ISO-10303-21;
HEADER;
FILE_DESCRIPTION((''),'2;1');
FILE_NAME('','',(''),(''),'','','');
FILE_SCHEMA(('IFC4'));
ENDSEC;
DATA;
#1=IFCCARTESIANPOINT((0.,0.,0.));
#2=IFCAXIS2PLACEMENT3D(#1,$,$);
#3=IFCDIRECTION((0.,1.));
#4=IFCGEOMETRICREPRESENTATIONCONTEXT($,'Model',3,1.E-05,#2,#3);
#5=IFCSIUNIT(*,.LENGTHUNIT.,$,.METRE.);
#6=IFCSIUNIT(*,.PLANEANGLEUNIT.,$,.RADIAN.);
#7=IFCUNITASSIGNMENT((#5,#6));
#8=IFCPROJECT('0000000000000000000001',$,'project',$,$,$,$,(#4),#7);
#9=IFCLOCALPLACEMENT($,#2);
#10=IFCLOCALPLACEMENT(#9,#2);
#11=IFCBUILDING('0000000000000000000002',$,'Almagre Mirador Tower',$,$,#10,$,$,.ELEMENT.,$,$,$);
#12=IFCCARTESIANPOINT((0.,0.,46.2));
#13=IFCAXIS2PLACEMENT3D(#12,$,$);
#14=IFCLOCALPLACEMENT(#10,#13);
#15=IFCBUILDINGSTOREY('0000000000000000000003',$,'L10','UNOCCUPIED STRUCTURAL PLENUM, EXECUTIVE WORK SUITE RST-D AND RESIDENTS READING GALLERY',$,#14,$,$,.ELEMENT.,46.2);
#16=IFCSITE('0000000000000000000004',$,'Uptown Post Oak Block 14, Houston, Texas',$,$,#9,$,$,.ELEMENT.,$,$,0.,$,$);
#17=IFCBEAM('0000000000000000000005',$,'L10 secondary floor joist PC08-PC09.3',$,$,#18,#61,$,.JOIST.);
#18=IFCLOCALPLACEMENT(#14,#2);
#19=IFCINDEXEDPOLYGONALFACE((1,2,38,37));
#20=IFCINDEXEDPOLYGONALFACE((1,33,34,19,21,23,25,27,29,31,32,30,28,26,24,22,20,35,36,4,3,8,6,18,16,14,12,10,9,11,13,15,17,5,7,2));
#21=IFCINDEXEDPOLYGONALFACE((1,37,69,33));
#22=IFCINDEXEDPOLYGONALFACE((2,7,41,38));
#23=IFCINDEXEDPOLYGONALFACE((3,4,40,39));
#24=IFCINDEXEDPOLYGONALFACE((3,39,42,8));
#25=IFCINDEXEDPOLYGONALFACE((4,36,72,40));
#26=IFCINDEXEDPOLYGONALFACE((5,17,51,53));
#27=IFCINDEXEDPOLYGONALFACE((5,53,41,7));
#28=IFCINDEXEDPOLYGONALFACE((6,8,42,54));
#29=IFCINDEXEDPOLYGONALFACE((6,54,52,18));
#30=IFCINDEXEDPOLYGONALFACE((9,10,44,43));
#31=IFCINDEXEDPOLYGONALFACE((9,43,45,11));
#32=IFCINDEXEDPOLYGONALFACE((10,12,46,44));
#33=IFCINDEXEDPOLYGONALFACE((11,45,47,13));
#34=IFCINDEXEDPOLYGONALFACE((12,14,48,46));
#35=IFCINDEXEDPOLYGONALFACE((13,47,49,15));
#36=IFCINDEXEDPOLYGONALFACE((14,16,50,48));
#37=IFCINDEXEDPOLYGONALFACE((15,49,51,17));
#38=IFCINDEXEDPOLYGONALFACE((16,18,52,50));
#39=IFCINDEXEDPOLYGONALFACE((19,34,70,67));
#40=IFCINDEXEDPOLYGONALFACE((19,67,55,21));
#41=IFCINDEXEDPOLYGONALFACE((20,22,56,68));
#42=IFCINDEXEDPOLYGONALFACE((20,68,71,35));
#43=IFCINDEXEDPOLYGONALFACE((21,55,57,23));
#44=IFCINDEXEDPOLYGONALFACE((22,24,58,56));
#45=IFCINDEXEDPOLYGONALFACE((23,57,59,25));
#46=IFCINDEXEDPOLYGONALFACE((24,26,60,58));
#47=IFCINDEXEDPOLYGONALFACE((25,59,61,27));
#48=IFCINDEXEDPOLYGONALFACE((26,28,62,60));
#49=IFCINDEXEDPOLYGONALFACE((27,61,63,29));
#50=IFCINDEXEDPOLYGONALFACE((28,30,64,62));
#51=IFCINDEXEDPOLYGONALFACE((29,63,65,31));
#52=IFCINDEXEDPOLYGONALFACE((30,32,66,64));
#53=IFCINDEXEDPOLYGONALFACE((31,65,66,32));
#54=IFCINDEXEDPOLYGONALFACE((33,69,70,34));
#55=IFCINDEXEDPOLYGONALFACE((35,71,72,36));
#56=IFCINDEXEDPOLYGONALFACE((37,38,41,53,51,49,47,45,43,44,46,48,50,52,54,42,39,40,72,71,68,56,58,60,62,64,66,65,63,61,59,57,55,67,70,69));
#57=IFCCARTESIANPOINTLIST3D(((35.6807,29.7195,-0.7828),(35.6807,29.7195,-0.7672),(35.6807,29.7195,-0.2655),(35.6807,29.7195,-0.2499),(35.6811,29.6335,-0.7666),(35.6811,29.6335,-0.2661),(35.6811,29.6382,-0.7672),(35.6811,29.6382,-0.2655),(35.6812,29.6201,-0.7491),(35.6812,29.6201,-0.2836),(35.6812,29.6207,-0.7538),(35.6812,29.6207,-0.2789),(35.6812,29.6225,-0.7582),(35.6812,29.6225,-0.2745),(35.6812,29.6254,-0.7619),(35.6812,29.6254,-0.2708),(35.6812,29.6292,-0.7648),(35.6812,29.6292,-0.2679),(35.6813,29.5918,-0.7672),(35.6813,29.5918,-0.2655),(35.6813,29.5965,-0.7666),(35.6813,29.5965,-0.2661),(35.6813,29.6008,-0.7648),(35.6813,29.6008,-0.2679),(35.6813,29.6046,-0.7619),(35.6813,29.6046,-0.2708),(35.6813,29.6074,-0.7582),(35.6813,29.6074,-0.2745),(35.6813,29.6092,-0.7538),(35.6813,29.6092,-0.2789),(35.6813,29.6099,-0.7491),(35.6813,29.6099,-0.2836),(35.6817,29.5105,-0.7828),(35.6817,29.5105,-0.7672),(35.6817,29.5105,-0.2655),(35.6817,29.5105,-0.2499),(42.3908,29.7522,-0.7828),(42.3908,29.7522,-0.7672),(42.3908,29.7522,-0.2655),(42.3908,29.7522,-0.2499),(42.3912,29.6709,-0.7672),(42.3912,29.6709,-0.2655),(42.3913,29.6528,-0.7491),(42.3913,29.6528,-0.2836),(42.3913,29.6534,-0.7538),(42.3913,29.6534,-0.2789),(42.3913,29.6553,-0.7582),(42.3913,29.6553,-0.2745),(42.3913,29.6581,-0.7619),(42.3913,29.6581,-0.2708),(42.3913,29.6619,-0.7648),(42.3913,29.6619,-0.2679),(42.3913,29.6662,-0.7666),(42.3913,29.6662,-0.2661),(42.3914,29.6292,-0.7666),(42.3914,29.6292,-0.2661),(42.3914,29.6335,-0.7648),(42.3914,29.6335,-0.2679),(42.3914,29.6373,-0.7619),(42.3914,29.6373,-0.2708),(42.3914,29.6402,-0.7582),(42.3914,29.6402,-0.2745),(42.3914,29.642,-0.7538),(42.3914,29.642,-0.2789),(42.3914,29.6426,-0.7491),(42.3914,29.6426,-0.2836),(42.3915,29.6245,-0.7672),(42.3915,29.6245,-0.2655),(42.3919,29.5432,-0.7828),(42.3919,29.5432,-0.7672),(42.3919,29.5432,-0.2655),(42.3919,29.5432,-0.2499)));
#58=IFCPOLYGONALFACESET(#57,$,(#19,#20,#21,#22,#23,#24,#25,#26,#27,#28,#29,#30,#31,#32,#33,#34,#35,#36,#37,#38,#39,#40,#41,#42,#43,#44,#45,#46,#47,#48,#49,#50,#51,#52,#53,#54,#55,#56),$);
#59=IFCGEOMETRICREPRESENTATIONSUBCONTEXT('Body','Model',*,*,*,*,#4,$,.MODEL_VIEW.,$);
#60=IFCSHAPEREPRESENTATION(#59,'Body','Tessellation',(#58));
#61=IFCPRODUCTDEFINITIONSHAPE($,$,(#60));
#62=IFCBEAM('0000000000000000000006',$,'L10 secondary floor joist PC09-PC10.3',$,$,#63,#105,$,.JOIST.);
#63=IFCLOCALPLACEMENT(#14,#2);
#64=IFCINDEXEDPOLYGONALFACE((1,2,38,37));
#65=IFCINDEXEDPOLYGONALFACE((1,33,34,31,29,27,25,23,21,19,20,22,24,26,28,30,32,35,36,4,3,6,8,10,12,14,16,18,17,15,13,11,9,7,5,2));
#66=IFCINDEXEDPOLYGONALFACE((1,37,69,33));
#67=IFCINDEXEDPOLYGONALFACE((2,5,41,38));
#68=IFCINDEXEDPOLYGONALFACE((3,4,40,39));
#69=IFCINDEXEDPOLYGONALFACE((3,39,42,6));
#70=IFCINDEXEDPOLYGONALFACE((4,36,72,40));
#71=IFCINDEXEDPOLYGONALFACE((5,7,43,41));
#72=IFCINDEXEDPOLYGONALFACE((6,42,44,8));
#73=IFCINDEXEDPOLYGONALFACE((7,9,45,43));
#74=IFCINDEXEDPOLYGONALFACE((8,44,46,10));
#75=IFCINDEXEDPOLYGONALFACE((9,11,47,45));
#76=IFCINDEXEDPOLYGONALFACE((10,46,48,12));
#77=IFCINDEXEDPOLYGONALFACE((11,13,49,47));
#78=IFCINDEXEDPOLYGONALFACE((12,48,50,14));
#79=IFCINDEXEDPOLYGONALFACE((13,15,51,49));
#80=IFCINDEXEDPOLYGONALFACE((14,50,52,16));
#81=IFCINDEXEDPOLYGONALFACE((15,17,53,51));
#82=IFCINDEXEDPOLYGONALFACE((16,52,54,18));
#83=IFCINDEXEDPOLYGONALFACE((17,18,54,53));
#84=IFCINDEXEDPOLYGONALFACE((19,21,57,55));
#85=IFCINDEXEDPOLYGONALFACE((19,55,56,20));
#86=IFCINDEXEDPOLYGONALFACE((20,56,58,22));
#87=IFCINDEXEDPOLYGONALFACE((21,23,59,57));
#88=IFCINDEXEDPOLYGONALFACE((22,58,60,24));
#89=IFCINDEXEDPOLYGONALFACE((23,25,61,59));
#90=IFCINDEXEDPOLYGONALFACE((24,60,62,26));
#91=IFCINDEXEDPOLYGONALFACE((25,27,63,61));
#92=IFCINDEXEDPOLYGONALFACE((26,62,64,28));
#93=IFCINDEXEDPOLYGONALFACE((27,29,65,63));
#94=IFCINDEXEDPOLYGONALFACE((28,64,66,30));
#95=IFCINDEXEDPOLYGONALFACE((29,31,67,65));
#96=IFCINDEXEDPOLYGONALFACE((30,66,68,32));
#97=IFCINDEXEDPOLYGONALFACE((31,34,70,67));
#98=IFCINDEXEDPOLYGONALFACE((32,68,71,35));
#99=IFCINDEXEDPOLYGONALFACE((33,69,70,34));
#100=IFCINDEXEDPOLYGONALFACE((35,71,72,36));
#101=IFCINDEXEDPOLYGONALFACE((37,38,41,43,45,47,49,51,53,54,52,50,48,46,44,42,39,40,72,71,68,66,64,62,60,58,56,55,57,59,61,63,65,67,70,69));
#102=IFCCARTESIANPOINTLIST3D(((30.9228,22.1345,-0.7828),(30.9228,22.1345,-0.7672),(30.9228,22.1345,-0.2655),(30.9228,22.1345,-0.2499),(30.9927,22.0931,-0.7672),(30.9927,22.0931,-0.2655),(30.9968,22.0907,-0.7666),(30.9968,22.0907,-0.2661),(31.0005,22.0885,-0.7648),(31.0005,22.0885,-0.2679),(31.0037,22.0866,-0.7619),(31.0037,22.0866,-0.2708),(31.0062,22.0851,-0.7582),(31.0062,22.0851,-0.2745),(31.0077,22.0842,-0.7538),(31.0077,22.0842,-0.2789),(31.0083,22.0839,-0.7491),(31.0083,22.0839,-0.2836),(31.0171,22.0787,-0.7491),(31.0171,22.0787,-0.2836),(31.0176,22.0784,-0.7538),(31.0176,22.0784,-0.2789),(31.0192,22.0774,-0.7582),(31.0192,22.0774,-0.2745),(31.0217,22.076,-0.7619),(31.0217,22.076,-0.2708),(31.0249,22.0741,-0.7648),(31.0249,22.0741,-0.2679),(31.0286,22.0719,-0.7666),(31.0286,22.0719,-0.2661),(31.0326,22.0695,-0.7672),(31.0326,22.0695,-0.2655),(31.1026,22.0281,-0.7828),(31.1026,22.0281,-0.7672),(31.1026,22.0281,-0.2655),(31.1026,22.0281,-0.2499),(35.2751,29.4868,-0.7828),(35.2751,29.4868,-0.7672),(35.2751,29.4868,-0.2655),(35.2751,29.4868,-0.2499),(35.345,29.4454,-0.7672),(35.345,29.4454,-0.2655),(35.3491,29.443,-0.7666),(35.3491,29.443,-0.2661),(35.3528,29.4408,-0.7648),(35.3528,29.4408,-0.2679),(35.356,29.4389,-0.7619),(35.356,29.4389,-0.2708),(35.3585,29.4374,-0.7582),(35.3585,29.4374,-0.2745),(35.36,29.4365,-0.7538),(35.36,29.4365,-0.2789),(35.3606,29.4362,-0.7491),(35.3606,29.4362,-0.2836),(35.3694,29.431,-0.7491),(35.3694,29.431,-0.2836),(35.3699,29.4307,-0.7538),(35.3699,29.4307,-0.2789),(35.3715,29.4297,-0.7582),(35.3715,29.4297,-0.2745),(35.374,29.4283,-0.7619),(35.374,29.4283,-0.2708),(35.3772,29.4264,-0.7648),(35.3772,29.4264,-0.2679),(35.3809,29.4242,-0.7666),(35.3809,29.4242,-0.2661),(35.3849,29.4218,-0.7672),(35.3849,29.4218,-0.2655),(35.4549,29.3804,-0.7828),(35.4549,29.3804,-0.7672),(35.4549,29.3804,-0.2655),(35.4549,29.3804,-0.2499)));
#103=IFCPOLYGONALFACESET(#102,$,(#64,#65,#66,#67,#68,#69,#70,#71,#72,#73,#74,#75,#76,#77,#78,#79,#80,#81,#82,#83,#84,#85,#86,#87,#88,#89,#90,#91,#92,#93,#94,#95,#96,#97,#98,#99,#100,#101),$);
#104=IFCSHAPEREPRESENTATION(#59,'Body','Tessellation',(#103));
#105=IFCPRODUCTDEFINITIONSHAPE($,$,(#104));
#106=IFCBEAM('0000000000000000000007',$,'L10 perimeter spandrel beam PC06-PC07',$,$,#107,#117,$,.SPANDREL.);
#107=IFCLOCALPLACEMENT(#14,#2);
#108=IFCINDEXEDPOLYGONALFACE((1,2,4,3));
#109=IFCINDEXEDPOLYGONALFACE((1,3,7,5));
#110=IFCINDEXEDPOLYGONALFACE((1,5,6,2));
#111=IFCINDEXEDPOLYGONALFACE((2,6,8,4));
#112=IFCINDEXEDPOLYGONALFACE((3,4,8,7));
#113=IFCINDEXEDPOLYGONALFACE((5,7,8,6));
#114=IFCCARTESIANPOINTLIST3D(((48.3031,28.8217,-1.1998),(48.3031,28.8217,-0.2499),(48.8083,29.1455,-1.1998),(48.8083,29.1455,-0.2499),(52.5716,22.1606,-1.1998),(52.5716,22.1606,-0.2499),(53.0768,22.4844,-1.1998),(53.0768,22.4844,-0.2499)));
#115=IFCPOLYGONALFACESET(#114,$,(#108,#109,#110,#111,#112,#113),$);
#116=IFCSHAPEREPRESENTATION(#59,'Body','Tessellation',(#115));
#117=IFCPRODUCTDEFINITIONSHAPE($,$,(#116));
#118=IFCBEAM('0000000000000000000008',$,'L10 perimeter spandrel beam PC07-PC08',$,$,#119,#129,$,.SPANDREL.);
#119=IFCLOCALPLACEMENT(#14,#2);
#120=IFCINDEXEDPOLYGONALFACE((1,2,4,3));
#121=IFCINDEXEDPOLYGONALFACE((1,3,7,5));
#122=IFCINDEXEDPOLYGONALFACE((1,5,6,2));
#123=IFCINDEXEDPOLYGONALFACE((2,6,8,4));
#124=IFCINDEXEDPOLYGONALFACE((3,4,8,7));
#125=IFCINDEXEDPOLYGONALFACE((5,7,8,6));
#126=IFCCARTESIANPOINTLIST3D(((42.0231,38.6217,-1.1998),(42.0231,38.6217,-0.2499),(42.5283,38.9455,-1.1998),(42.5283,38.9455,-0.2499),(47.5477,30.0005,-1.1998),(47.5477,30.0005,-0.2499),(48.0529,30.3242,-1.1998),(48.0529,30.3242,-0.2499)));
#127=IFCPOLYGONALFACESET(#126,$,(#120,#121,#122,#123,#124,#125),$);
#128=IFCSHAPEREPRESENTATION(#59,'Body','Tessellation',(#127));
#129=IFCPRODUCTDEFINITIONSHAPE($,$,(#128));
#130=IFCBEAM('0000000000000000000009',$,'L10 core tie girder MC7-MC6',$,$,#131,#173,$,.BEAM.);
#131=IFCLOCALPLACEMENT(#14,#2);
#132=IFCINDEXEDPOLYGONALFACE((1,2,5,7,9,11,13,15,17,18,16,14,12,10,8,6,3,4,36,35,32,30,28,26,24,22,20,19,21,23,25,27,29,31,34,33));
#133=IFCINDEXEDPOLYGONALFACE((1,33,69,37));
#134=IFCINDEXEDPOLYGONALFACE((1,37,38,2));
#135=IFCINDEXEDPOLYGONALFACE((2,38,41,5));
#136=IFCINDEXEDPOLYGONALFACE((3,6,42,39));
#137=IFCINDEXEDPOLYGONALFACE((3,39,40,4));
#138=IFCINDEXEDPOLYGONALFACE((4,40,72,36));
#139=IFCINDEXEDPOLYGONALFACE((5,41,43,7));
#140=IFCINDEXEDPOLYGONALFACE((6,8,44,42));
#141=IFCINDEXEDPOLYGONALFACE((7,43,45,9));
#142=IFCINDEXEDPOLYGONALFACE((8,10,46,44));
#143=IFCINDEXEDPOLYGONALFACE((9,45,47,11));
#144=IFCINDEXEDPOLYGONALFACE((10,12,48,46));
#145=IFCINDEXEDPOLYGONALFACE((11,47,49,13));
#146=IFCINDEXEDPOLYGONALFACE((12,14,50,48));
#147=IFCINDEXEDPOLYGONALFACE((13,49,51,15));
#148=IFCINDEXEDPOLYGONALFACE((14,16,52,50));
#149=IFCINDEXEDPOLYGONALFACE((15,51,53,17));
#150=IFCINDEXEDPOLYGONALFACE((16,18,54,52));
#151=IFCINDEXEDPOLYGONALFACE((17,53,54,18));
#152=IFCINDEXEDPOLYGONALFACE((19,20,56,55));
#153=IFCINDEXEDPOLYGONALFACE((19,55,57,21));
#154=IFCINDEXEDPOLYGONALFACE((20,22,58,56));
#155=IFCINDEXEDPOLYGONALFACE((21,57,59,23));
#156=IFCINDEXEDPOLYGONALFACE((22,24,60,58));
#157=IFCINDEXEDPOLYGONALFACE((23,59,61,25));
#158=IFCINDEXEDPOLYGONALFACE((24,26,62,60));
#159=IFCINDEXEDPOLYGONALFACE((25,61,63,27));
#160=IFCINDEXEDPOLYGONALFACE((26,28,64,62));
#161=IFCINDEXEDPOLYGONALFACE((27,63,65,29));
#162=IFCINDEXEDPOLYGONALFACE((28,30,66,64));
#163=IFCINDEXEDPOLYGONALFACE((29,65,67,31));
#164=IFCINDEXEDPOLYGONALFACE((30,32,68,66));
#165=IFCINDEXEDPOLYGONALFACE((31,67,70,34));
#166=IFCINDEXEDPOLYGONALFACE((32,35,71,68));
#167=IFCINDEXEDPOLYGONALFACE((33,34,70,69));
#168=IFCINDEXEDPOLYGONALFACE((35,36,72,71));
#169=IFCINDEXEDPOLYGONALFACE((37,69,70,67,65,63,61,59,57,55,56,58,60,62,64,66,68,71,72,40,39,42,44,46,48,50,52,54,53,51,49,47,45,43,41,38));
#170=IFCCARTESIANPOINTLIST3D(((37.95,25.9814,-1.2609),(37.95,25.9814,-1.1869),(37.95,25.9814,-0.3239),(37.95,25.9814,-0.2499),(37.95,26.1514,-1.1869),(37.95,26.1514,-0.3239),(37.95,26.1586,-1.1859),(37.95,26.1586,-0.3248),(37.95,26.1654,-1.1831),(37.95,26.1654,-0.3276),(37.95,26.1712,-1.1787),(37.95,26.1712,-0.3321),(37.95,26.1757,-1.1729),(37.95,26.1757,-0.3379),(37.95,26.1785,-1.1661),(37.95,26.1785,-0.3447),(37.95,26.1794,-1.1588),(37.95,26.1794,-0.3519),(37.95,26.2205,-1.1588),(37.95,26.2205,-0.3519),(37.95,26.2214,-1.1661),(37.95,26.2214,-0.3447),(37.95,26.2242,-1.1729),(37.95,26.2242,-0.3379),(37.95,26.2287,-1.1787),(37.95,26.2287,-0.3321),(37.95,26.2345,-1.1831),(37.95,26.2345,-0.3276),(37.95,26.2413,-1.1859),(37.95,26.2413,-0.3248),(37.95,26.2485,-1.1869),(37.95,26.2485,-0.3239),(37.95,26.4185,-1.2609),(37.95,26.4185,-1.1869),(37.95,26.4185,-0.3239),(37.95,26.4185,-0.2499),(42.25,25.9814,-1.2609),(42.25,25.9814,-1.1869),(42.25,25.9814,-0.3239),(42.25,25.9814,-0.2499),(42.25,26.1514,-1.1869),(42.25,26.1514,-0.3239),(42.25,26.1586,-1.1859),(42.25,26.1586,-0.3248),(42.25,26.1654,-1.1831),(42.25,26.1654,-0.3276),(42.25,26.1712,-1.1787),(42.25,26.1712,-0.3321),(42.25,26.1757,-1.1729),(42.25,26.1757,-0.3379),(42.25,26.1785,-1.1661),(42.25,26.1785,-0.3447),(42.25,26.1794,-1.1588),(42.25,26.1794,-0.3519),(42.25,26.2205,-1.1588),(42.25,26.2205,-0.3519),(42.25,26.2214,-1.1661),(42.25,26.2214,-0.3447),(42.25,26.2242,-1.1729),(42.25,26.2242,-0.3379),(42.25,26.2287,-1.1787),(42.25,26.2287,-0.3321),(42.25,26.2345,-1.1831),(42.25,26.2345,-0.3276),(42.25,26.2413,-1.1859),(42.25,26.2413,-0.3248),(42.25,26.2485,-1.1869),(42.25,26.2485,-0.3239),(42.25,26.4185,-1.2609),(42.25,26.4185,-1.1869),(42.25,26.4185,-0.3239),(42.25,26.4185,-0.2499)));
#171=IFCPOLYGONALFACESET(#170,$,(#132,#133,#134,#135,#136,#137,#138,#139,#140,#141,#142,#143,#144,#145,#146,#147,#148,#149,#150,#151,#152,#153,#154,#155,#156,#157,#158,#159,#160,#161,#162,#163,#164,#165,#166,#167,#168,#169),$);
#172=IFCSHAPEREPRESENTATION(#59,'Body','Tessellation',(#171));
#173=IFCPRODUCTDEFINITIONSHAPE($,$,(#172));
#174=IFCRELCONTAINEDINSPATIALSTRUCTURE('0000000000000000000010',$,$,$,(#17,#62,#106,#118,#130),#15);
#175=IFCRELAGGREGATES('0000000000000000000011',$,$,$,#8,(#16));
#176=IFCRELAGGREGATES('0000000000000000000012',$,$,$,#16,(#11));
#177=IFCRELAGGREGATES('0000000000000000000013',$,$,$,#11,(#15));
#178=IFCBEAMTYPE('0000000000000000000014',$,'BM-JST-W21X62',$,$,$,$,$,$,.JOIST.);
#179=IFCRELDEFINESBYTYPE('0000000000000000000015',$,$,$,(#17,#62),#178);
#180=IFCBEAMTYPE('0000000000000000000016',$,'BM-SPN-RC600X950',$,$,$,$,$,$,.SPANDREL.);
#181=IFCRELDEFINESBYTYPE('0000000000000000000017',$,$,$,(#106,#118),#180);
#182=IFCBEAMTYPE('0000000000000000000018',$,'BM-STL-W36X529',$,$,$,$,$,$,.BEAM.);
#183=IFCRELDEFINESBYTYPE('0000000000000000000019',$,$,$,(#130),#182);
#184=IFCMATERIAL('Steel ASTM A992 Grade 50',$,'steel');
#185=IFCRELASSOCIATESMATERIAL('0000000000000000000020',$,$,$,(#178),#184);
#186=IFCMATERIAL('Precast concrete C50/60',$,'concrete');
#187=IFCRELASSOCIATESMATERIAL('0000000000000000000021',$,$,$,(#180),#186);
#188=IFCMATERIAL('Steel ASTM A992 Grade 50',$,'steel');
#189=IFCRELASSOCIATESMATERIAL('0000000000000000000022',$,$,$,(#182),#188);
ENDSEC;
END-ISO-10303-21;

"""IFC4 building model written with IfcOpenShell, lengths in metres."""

from ifc_helpers import new_model, si_unit, direction, frame, origin, origin_2d, place, context, subcontext, project, spatial, rectangle, i_section, extrude, material, material_profile, profile_set, type_object, element, save


model = new_model("IFC4")

# Units and contexts
model_context = context("Model", 3, precision=1e-05, world=origin(), true_north=direction((0.0, 1.0)))
body_context = subcontext(model_context, "Body", "Model", "MODEL_VIEW")
ifc_project = project(units=[si_unit("LENGTHUNIT", "METRE"), si_unit("PLANEANGLEUNIT", "RADIAN")], contexts=[model_context])

# Site, building, storey
site_placement = place(None, origin())
site = spatial("IfcSite", under=ifc_project, at=site_placement, Name="Uptown Post Oak Block 14, Houston, Texas", CompositionType="ELEMENT", RefElevation=0.0)
building_placement = place(site_placement, origin())
building = spatial("IfcBuilding", under=site, at=building_placement, Name="Almagre Mirador Tower", CompositionType="ELEMENT")
storey_placement = place(building_placement, frame((0.0, 0.0, 46.2)))
storey = spatial("IfcBuildingStorey", under=building, at=storey_placement, Name="L10", Description="UNOCCUPIED STRUCTURAL PLENUM, EXECUTIVE WORK SUITE RST-D AND RESIDENTS READING GALLERY", CompositionType="ELEMENT", Elevation=46.2)

# Beams
ifc_material_1 = material(Name="Steel ASTM A992 Grade 50", Category="steel")
ifc_material_profile_1 = material_profile(ifc_material_1, i_section(OverallWidth=0.209, OverallDepth=0.533, WebThickness=0.0103, FlangeThickness=0.0156, FilletRadius=0.0181, at=origin_2d()), Name="W21X62")
ifc_profile_set_1 = profile_set([ifc_material_profile_1], Name="Steel ASTM A992 Grade 50")
beam_type_1 = type_object("IfcBeamType", Name="BM-JST-W21X62", PredefinedType="JOIST", material=ifc_profile_set_1)
beam_1_placement = place(storey_placement, frame((42.3914, 29.6477, -0.5164), z_axis=(-0.999988, -0.004875, 0.0), x_axis=(0.004875, -0.999988, 0.0)))
element("IfcBeam", 1, at=beam_1_placement, inside=storey, type_object=beam_type_1, Name="L10 secondary floor joist PC08-PC09.3", PredefinedType="JOIST", context=body_context, shape_type="SweptSolid", body=[
    extrude(i_section(OverallWidth=0.209, OverallDepth=0.533, WebThickness=0.0103, FlangeThickness=0.0156, FilletRadius=0.0181, at=origin_2d()), origin(), (0.0, 0.0, 1.0), 6.7102),
])
beam_2_placement = place(storey_placement, frame((35.365, 29.4336, -0.5164), z_axis=(-0.509402, -0.860529, 0.0), x_axis=(0.860529, -0.509402, 0.0)))
element("IfcBeam", 2, at=beam_2_placement, inside=storey, type_object=beam_type_1, Name="L10 secondary floor joist PC09-PC10.3", PredefinedType="JOIST", context=body_context, shape_type="SweptSolid", body=[
    extrude(i_section(OverallWidth=0.209, OverallDepth=0.533, WebThickness=0.0103, FlangeThickness=0.0156, FilletRadius=0.0181, at=origin_2d()), origin(), (0.0, 0.0, 1.0), 8.5439),
])
ifc_material_2 = material(Name="Precast concrete C50/60", Category="concrete")
ifc_material_profile_2 = material_profile(ifc_material_2, rectangle(XDim=0.6001, YDim=0.95, at=origin_2d()), Name="RC600X950")
ifc_profile_set_2 = profile_set([ifc_material_profile_2], Name="Precast concrete C50/60")
beam_type_2 = type_object("IfcBeamType", Name="BM-SPN-RC600X950", PredefinedType="SPANDREL", material=ifc_profile_set_2)
beam_3_placement = place(storey_placement, frame((52.8242, 22.3225, -0.7249), z_axis=(-0.53954, 0.84196, 0.0), x_axis=(-0.84196, -0.53954, 0.0)))
element("IfcBeam", 3, at=beam_3_placement, inside=storey, type_object=beam_type_2, Name="L10 perimeter spandrel beam PC06-PC07", PredefinedType="SPANDREL", context=body_context, shape_type="SweptSolid", body=[
    extrude(rectangle(XDim=0.6001, YDim=0.95, at=origin_2d()), origin(), (0.0, 0.0, 1.0), 7.9114),
])
beam_4_placement = place(storey_placement, frame((47.8003, 30.1624, -0.7249), z_axis=(-0.539539, 0.841961, 0.0), x_axis=(-0.841961, -0.539539, 0.0)))
element("IfcBeam", 4, at=beam_4_placement, inside=storey, type_object=beam_type_2, Name="L10 perimeter spandrel beam PC07-PC08", PredefinedType="SPANDREL", context=body_context, shape_type="SweptSolid", body=[
    extrude(rectangle(XDim=0.6001, YDim=0.95, at=origin_2d()), origin(), (0.0, 0.0, 1.0), 10.2395),
])
ifc_material_3 = material(Name="Steel ASTM A992 Grade 50", Category="steel")
ifc_material_profile_3 = material_profile(ifc_material_3, i_section(OverallWidth=0.437, OverallDepth=1.011, WebThickness=0.041, FlangeThickness=0.074, FilletRadius=0.0281, at=origin_2d()), Name="W36X529")
ifc_profile_set_3 = profile_set([ifc_material_profile_3], Name="Steel ASTM A992 Grade 50")
beam_type_3 = type_object("IfcBeamType", Name="BM-STL-W36X529", PredefinedType="BEAM", material=ifc_profile_set_3)
beam_5_placement = place(storey_placement, frame((37.95, 26.2, -0.7554), z_axis=(1.0, 0.0, 0.0), x_axis=(0.0, 1.0, 0.0)))
element("IfcBeam", 5, at=beam_5_placement, inside=storey, type_object=beam_type_3, Name="L10 core tie girder MC7-MC6", PredefinedType="BEAM", context=body_context, shape_type="SweptSolid", body=[
    extrude(i_section(OverallWidth=0.437, OverallDepth=1.011, WebThickness=0.041, FlangeThickness=0.074, FilletRadius=0.0281, at=origin_2d()), origin(), (0.0, 0.0, 1.0), 4.3),
])

save(model, "model.ifc")
